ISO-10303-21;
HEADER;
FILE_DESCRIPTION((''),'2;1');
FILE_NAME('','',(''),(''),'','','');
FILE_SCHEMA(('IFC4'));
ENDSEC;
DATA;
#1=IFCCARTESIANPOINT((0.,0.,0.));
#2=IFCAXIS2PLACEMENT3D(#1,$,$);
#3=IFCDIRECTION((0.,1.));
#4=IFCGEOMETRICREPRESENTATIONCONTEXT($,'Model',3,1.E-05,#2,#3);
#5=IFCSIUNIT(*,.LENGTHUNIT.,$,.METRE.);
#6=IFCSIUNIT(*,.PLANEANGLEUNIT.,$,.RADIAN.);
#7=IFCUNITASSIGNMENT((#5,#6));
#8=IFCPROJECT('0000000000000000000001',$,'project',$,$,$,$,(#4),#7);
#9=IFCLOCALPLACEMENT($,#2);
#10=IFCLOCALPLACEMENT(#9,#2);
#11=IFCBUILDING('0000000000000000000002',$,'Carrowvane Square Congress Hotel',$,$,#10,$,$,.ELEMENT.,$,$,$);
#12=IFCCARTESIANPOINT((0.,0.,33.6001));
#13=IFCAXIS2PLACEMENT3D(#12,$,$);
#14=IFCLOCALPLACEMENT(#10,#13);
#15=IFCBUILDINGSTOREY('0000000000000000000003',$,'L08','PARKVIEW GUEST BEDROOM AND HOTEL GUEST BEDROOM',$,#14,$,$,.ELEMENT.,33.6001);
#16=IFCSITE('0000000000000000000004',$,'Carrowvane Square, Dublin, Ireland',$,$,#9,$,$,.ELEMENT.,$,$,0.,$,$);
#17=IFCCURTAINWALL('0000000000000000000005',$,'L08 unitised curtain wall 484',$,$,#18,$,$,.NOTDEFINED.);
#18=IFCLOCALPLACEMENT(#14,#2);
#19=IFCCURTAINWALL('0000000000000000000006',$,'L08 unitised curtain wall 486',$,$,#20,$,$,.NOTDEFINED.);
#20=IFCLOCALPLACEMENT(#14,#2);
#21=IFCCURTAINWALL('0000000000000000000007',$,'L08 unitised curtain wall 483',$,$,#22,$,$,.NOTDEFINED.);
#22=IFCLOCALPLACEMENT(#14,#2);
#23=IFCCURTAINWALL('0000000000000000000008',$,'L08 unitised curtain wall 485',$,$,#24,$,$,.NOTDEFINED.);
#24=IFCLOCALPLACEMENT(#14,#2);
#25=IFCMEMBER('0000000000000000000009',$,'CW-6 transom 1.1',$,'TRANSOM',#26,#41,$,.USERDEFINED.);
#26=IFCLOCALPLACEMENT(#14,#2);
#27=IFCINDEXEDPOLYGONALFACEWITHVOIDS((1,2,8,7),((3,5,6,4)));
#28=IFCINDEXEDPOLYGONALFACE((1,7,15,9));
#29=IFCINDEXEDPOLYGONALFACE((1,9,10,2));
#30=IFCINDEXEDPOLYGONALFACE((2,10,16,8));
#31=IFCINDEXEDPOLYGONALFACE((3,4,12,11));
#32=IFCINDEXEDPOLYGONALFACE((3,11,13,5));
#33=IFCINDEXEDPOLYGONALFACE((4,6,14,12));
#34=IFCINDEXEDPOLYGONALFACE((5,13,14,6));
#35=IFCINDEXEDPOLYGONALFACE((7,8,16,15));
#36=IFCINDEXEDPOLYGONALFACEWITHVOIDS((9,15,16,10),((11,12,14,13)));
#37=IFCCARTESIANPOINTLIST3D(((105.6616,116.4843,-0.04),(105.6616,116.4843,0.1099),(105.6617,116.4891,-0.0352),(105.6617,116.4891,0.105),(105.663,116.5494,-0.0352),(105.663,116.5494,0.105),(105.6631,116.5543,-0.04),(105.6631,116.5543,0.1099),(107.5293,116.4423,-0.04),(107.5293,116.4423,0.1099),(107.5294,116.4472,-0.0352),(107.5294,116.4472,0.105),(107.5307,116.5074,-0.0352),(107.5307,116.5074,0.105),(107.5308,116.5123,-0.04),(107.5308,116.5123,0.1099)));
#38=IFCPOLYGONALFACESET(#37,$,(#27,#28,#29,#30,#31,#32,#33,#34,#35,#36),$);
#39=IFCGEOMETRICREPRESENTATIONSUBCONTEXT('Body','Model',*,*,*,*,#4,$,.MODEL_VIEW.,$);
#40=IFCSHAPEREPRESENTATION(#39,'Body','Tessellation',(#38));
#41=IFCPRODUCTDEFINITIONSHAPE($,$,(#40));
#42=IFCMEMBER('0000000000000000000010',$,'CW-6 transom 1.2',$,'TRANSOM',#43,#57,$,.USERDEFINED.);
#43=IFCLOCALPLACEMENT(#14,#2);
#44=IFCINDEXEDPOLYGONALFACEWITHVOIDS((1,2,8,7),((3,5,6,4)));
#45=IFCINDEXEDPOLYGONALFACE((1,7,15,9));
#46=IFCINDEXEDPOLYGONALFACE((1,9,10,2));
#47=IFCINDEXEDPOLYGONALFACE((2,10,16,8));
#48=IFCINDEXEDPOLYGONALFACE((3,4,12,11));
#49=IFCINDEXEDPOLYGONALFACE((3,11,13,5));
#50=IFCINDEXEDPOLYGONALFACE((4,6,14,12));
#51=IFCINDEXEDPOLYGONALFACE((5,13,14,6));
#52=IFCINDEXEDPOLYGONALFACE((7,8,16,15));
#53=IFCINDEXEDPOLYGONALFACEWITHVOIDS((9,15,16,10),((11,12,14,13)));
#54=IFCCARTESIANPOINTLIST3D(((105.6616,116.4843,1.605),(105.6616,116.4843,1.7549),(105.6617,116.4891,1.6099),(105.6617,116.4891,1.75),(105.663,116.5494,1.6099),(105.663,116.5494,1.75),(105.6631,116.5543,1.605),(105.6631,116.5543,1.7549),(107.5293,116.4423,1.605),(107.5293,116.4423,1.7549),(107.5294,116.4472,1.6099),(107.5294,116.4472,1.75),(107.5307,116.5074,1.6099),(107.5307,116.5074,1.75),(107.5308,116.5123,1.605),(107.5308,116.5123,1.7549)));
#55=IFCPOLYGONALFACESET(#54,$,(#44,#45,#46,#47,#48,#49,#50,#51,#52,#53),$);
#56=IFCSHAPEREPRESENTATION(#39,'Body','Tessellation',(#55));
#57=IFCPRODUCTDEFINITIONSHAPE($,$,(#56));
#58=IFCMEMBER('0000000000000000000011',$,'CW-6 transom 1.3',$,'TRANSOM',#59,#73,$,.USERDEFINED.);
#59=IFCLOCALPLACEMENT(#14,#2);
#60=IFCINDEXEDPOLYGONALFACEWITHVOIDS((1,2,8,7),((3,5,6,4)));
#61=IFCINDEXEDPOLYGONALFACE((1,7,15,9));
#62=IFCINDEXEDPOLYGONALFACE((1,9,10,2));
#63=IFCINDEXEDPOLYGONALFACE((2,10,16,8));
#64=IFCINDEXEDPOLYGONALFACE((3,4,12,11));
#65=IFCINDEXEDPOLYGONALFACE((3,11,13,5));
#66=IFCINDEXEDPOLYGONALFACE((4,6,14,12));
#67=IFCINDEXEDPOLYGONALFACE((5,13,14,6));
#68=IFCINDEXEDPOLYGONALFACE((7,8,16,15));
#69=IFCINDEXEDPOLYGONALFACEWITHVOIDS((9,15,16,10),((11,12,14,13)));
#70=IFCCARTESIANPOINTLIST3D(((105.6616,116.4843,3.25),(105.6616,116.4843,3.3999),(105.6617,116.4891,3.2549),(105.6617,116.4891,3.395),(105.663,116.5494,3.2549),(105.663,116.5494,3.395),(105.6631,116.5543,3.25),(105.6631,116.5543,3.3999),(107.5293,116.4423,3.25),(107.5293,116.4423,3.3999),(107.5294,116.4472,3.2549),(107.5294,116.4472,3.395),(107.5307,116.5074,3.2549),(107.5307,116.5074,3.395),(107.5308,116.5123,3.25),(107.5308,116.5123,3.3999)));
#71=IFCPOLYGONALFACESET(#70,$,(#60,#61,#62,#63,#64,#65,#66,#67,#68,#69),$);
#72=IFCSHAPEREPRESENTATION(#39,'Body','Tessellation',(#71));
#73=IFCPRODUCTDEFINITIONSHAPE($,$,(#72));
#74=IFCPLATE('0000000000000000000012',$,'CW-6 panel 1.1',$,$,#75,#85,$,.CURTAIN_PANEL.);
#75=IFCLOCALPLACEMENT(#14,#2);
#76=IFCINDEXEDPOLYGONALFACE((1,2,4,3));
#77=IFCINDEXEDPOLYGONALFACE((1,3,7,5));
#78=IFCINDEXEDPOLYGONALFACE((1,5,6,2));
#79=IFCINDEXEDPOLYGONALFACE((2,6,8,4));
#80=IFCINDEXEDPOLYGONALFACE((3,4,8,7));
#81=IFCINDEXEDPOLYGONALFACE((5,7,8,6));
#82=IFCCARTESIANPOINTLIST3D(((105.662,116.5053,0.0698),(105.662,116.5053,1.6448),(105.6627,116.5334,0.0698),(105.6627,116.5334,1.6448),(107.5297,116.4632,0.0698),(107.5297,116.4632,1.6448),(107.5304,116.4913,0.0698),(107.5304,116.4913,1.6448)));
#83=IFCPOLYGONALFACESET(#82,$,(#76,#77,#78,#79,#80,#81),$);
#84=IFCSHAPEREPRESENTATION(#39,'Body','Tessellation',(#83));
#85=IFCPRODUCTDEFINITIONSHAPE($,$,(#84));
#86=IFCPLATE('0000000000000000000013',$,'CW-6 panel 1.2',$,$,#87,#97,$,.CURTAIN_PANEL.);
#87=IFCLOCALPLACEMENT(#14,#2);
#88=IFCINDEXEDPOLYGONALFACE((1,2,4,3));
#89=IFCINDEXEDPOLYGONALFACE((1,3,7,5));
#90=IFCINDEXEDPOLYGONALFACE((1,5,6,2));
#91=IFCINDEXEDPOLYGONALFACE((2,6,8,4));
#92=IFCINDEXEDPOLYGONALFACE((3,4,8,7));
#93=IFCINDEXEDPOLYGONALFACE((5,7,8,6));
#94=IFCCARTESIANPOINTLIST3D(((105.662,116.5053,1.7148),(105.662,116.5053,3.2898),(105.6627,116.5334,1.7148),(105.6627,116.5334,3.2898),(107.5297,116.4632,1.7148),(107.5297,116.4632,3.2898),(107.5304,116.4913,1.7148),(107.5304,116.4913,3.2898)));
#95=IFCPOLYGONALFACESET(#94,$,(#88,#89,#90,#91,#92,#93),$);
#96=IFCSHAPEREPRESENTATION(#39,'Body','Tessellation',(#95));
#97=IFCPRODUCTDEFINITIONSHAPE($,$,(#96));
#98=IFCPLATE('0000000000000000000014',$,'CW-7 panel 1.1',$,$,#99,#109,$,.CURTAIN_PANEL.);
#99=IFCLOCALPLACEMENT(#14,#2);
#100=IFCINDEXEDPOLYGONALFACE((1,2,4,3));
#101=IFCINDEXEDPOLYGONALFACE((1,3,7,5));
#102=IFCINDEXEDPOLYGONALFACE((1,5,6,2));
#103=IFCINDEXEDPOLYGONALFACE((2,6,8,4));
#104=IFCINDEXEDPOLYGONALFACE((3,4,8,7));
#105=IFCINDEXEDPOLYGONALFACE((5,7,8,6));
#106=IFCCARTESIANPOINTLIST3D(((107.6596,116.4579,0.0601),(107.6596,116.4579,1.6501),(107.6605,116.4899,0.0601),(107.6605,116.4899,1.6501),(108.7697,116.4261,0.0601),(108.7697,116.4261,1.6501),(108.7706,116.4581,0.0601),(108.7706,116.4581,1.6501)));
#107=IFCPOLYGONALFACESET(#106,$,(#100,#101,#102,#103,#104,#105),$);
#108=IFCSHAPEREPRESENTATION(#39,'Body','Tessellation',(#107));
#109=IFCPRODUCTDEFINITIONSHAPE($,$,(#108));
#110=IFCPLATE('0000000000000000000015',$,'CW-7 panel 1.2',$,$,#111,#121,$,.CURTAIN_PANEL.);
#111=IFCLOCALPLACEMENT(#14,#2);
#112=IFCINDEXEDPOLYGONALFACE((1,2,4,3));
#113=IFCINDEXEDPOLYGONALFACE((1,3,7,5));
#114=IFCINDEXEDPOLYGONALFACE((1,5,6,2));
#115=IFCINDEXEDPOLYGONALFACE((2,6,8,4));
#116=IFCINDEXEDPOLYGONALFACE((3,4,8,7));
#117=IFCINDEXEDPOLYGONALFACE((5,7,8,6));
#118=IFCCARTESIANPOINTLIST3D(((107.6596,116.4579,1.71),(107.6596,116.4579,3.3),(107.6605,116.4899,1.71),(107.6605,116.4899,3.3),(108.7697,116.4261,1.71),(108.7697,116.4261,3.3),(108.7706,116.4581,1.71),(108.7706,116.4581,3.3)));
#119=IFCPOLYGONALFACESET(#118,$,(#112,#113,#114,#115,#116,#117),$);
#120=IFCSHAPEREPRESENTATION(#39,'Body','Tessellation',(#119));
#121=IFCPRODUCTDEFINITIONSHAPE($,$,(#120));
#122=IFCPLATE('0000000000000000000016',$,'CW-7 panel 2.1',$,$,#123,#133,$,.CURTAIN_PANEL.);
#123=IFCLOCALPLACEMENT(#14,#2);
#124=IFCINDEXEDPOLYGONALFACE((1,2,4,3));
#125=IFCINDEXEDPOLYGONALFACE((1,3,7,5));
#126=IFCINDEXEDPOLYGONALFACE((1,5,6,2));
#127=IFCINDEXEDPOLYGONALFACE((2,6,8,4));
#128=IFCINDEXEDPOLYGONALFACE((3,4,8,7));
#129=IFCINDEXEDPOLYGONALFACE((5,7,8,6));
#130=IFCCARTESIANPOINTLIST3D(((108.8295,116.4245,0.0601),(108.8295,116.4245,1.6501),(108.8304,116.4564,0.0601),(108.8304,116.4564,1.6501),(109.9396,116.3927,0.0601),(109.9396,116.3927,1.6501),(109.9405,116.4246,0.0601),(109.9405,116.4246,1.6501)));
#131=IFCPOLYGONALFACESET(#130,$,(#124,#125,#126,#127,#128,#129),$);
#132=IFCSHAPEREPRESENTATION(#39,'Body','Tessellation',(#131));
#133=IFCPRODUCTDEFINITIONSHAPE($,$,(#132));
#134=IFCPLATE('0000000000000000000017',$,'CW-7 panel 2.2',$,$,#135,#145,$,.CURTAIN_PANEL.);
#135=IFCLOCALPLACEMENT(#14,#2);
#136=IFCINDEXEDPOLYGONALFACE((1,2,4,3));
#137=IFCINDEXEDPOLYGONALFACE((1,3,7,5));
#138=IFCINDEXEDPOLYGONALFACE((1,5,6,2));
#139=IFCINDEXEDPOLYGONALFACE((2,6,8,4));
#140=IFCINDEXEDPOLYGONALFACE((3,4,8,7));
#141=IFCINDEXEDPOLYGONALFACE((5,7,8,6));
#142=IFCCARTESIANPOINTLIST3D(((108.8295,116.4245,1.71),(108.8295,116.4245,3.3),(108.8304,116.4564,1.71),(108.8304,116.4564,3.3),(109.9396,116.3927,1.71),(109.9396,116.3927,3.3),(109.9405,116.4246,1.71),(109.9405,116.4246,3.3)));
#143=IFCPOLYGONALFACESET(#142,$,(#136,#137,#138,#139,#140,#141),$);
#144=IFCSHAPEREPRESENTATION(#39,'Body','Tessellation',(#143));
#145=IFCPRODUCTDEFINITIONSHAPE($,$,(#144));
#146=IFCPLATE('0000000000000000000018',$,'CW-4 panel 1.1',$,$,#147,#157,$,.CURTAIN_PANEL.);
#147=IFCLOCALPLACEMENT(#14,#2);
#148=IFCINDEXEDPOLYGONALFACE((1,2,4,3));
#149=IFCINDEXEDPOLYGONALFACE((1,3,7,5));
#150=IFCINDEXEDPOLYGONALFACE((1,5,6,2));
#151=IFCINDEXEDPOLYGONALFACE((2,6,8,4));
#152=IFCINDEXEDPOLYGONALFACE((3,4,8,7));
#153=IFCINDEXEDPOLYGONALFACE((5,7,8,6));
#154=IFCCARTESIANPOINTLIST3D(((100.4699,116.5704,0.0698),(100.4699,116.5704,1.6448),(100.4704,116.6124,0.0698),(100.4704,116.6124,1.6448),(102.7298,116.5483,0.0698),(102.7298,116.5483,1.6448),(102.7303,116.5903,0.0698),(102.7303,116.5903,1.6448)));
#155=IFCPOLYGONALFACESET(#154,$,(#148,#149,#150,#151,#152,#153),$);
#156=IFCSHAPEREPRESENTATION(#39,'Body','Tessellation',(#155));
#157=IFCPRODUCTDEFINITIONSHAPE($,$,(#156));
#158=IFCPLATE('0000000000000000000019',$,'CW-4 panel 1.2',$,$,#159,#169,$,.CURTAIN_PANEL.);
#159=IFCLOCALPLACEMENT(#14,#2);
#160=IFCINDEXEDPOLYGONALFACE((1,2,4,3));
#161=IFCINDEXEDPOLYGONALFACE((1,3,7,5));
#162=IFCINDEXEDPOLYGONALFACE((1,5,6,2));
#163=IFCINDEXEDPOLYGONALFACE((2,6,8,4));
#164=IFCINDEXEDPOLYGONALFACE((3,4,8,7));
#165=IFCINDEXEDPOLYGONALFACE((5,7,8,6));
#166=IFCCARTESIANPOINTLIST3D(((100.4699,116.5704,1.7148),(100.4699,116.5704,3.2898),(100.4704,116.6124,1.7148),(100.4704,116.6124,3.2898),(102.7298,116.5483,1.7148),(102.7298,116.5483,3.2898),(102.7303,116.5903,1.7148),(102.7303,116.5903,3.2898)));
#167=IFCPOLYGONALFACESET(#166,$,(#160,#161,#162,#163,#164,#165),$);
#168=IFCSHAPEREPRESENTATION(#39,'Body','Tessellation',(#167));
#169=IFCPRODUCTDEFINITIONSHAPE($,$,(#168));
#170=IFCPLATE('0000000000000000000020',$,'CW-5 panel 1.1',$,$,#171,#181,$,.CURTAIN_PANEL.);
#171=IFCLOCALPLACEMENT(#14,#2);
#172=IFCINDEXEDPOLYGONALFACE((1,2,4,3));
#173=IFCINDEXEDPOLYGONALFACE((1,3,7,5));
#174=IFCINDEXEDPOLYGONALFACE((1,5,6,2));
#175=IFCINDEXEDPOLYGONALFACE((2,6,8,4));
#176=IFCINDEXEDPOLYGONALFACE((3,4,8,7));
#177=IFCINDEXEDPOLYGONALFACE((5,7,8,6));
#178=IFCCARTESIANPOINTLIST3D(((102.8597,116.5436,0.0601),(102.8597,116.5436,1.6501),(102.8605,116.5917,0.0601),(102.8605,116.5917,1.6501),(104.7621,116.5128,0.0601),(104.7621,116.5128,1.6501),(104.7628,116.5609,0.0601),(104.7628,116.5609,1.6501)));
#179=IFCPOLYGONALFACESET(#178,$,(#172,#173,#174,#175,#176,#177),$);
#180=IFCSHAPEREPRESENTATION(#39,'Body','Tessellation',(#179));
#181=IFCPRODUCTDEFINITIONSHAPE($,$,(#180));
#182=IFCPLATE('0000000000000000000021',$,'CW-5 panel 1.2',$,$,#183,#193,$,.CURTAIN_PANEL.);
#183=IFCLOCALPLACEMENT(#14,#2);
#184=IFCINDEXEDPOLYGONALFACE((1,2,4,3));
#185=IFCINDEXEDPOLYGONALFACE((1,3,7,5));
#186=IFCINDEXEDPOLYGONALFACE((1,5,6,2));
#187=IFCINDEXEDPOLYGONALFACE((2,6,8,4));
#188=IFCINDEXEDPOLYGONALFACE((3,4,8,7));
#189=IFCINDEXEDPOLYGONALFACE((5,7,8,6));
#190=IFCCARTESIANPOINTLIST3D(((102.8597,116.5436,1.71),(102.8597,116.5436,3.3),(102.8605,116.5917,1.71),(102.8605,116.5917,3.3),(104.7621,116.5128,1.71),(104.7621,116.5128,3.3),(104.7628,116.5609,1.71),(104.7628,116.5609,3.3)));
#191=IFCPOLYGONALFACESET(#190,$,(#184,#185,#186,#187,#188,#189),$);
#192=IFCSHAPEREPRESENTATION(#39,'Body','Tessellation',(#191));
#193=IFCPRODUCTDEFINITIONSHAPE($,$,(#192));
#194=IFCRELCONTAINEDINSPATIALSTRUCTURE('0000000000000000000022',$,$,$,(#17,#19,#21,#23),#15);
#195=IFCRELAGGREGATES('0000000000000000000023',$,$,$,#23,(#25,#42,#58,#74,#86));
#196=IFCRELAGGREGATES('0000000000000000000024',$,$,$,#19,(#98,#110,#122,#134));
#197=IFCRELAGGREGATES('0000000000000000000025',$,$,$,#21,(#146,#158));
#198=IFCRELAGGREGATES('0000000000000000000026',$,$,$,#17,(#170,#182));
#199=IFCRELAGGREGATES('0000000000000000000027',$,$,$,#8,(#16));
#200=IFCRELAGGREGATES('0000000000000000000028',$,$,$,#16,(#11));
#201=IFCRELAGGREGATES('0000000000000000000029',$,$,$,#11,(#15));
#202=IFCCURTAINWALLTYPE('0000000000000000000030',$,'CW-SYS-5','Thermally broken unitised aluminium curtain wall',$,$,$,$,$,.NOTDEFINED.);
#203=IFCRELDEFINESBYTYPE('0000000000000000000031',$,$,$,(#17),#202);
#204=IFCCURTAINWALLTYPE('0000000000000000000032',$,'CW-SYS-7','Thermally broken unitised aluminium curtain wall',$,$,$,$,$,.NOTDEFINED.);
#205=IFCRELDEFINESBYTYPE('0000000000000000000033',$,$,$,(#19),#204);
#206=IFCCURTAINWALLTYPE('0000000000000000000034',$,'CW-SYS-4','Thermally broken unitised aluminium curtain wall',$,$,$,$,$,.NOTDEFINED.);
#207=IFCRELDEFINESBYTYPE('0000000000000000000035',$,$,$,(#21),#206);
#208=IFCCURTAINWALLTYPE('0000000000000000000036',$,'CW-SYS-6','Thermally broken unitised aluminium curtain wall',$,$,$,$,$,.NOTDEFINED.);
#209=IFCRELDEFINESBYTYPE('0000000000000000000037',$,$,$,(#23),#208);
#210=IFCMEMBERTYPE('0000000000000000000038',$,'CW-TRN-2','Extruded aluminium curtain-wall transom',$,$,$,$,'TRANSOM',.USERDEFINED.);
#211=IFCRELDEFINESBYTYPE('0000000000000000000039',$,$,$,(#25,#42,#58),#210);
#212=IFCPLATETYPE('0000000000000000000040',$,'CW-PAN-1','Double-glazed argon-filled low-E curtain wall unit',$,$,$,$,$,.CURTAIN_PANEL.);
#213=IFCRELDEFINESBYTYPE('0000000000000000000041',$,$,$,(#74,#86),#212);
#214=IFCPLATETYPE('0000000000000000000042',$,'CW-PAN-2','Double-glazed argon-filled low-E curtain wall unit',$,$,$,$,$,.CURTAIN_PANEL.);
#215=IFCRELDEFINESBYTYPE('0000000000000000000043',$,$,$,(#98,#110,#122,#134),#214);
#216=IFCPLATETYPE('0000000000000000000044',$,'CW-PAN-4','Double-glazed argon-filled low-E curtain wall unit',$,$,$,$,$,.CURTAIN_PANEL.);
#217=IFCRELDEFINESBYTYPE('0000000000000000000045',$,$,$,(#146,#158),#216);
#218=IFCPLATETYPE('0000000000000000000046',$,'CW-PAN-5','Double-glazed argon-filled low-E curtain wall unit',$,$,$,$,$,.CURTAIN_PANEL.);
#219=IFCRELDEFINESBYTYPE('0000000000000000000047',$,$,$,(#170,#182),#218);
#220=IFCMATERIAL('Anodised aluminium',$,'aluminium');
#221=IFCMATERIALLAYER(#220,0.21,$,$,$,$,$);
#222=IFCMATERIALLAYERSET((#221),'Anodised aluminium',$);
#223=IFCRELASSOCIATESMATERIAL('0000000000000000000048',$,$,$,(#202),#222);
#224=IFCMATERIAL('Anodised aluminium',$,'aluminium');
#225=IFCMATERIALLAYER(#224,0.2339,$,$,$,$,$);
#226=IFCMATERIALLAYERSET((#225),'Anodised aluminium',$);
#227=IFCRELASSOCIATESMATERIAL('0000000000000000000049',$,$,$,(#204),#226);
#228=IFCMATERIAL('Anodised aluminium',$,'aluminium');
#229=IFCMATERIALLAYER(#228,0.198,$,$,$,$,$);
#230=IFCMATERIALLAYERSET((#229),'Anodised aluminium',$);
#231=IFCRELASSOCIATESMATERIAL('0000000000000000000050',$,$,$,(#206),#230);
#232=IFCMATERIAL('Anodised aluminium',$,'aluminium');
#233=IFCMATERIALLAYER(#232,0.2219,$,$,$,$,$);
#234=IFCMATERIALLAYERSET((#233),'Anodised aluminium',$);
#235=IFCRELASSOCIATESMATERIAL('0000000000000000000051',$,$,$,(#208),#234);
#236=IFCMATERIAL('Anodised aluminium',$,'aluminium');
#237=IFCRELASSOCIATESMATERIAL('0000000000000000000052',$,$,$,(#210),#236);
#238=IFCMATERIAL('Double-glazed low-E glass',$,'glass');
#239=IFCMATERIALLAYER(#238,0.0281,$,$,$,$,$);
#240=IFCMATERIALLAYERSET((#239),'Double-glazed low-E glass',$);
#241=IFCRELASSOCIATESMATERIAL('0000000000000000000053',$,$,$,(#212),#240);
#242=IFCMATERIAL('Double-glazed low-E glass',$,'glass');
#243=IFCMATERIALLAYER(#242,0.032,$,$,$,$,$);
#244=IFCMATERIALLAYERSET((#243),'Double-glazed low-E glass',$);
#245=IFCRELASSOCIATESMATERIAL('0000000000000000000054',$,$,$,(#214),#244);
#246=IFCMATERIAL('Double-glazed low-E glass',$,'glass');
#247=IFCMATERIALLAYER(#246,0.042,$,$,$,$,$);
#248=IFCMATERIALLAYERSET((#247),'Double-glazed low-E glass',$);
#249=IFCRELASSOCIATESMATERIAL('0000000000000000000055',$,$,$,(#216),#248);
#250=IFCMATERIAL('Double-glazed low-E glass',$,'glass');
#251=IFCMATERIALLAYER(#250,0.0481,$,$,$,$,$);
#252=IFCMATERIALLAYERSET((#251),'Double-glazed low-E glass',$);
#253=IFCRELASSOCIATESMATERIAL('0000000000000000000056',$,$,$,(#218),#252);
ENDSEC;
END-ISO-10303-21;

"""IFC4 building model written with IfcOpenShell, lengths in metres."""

from ifc_helpers import new_model, si_unit, direction, frame, origin, origin_2d, place, context, subcontext, project, spatial, rectangle, hollow_rectangle, extrude, material, layer, layer_set, material_profile, profile_set, type_object, element, aggregate, save


model = new_model("IFC4")

# Units and contexts
model_context = context("Model", 3, precision=1e-05, world=origin(), true_north=direction((0.0, 1.0)))
body_context = subcontext(model_context, "Body", "Model", "MODEL_VIEW")
ifc_project = project(units=[si_unit("LENGTHUNIT", "METRE"), si_unit("PLANEANGLEUNIT", "RADIAN")], contexts=[model_context])

# Site, building, storey
site_placement = place(None, origin())
site = spatial("IfcSite", under=ifc_project, at=site_placement, Name="Carrowvane Square, Dublin, Ireland", CompositionType="ELEMENT", RefElevation=0.0)
building_placement = place(site_placement, origin())
building = spatial("IfcBuilding", under=site, at=building_placement, Name="Carrowvane Square Congress Hotel", CompositionType="ELEMENT")
storey_placement = place(building_placement, frame((0.0, 0.0, 33.6001)))
storey = spatial("IfcBuildingStorey", under=building, at=storey_placement, Name="L08", Description="PARKVIEW GUEST BEDROOM AND HOTEL GUEST BEDROOM", CompositionType="ELEMENT", Elevation=33.6001)

# Curtain walls
ifc_material_1 = material(Name="Anodised aluminium", Category="aluminium")
ifc_layer_1 = layer(ifc_material_1, 0.21)
ifc_layer_set_1 = layer_set([ifc_layer_1], Name="Anodised aluminium")
curtain_wall_type_1 = type_object("IfcCurtainWallType", Name="CW-SYS-5", Description="Thermally broken unitised aluminium curtain wall", PredefinedType="NOTDEFINED", material=ifc_layer_set_1)
curtain_wall_1_placement = place(storey_placement, origin())
curtain_wall_1 = element("IfcCurtainWall", 1, at=curtain_wall_1_placement, inside=storey, type_object=curtain_wall_type_1, Name="L08 unitised curtain wall 484", PredefinedType="NOTDEFINED")
ifc_material_2 = material(Name="Anodised aluminium", Category="aluminium")
ifc_layer_2 = layer(ifc_material_2, 0.2339)
ifc_layer_set_2 = layer_set([ifc_layer_2], Name="Anodised aluminium")
curtain_wall_type_2 = type_object("IfcCurtainWallType", Name="CW-SYS-7", Description="Thermally broken unitised aluminium curtain wall", PredefinedType="NOTDEFINED", material=ifc_layer_set_2)
curtain_wall_2_placement = place(storey_placement, origin())
curtain_wall_2 = element("IfcCurtainWall", 2, at=curtain_wall_2_placement, inside=storey, type_object=curtain_wall_type_2, Name="L08 unitised curtain wall 486", PredefinedType="NOTDEFINED")

# Curtain wall
ifc_material_3 = material(Name="Anodised aluminium", Category="aluminium")
ifc_layer_3 = layer(ifc_material_3, 0.198)
ifc_layer_set_3 = layer_set([ifc_layer_3], Name="Anodised aluminium")
curtain_wall_type_3 = type_object("IfcCurtainWallType", Name="CW-SYS-4", Description="Thermally broken unitised aluminium curtain wall", PredefinedType="NOTDEFINED", material=ifc_layer_set_3)
curtain_wall_3_placement = place(storey_placement, origin())
curtain_wall_3 = element("IfcCurtainWall", 3, at=curtain_wall_3_placement, inside=storey, type_object=curtain_wall_type_3, Name="L08 unitised curtain wall 483", PredefinedType="NOTDEFINED")

# Curtain wall
ifc_material_4 = material(Name="Anodised aluminium", Category="aluminium")
ifc_layer_4 = layer(ifc_material_4, 0.2219)
ifc_layer_set_4 = layer_set([ifc_layer_4], Name="Anodised aluminium")
curtain_wall_type_4 = type_object("IfcCurtainWallType", Name="CW-SYS-6", Description="Thermally broken unitised aluminium curtain wall", PredefinedType="NOTDEFINED", material=ifc_layer_set_4)
curtain_wall_4_placement = place(storey_placement, origin())
curtain_wall_4 = element("IfcCurtainWall", 4, at=curtain_wall_4_placement, inside=storey, type_object=curtain_wall_type_4, Name="L08 unitised curtain wall 485", PredefinedType="NOTDEFINED")

# Members
ifc_material_5 = material(Name="Anodised aluminium", Category="aluminium")
ifc_material_profile_1 = material_profile(ifc_material_5, hollow_rectangle(XDim=0.0701, YDim=0.1499, WallThickness=0.0049, at=origin_2d()), Name="CW-TR 70x150x5")
ifc_profile_set_1 = profile_set([ifc_material_profile_1], Name="Anodised aluminium")
member_type_1 = type_object("IfcMemberType", Name="CW-TRN-2", Description="Extruded aluminium curtain-wall transom", ElementType="TRANSOM", PredefinedType="USERDEFINED", material=ifc_profile_set_1)
member_1_placement = place(storey_placement, frame((105.6624, 116.5193, 0.0349), z_axis=(0.999747, -0.022478, 0.0), x_axis=(0.022478, 0.999747, 0.0)))
member_1 = element("IfcMember", 5, at=member_1_placement, type_object=member_type_1, Name="CW-6 transom 1.1", ObjectType="TRANSOM", PredefinedType="USERDEFINED", context=body_context, shape_type="SweptSolid", body=[
    extrude(hollow_rectangle(XDim=0.0701, YDim=0.1499, WallThickness=0.0049, at=origin_2d()), origin(), (0.0, 0.0, 1.0), 1.8682),
])
member_2_placement = place(storey_placement, frame((105.6624, 116.5193, 1.6799), z_axis=(0.999747, -0.022478, 0.0), x_axis=(0.022478, 0.999747, 0.0)))
member_2 = element("IfcMember", 6, at=member_2_placement, type_object=member_type_1, Name="CW-6 transom 1.2", ObjectType="TRANSOM", PredefinedType="USERDEFINED", context=body_context, shape_type="SweptSolid", body=[
    extrude(hollow_rectangle(XDim=0.0701, YDim=0.1499, WallThickness=0.0049, at=origin_2d()), origin(), (0.0, 0.0, 1.0), 1.8682),
])
member_3_placement = place(storey_placement, frame((105.6624, 116.5193, 3.325), z_axis=(0.999747, -0.022478, 0.0), x_axis=(0.022478, 0.999747, 0.0)))
member_3 = element("IfcMember", 7, at=member_3_placement, type_object=member_type_1, Name="CW-6 transom 1.3", ObjectType="TRANSOM", PredefinedType="USERDEFINED", context=body_context, shape_type="SweptSolid", body=[
    extrude(hollow_rectangle(XDim=0.0701, YDim=0.1499, WallThickness=0.0049, at=origin_2d()), origin(), (0.0, 0.0, 1.0), 1.8682),
])

# Plates
ifc_material_6 = material(Name="Double-glazed low-E glass", Category="glass")
ifc_layer_5 = layer(ifc_material_6, 0.0281)
ifc_layer_set_5 = layer_set([ifc_layer_5], Name="Double-glazed low-E glass")
plate_type_1 = type_object("IfcPlateType", Name="CW-PAN-1", Description="Double-glazed argon-filled low-E curtain wall unit", PredefinedType="CURTAIN_PANEL", material=ifc_layer_set_5)
plate_1_placement = place(storey_placement, frame((106.5962, 116.4983, 0.0698), z_axis=(0.0, 0.0, 1.0), x_axis=(0.999746, -0.022518, 0.0)))
plate_1 = element("IfcPlate", 8, at=plate_1_placement, type_object=plate_type_1, Name="CW-6 panel 1.1", PredefinedType="CURTAIN_PANEL", context=body_context, shape_type="SweptSolid", body=[
    extrude(rectangle(XDim=1.8682, YDim=0.0281, at=origin_2d()), origin(), (0.0, 0.0, 1.0), 1.575),
])
plate_2_placement = place(storey_placement, frame((106.5962, 116.4983, 1.7148), z_axis=(0.0, 0.0, 1.0), x_axis=(0.999746, -0.022518, 0.0)))
plate_2 = element("IfcPlate", 9, at=plate_2_placement, type_object=plate_type_1, Name="CW-6 panel 1.2", PredefinedType="CURTAIN_PANEL", context=body_context, shape_type="SweptSolid", body=[
    extrude(rectangle(XDim=1.8682, YDim=0.0281, at=origin_2d()), origin(), (0.0, 0.0, 1.0), 1.575),
])
aggregate(curtain_wall_4, [member_1, member_2, member_3, plate_1, plate_2])
ifc_material_7 = material(Name="Double-glazed low-E glass", Category="glass")
ifc_layer_6 = layer(ifc_material_7, 0.032)
ifc_layer_set_6 = layer_set([ifc_layer_6], Name="Double-glazed low-E glass")
plate_type_2 = type_object("IfcPlateType", Name="CW-PAN-2", Description="Double-glazed argon-filled low-E curtain wall unit", PredefinedType="CURTAIN_PANEL", material=ifc_layer_set_6)
plate_3_placement = place(storey_placement, frame((108.2151, 116.458, 0.0601), z_axis=(0.0, 0.0, 1.0), x_axis=(0.99959, -0.028638, 0.0)))
plate_3 = element("IfcPlate", 10, at=plate_3_placement, type_object=plate_type_2, Name="CW-7 panel 1.1", PredefinedType="CURTAIN_PANEL", context=body_context, shape_type="SweptSolid", body=[
    extrude(rectangle(XDim=1.1106, YDim=0.032, at=origin_2d()), origin(), (0.0, 0.0, 1.0), 1.5901),
])
plate_4_placement = place(storey_placement, frame((108.2151, 116.458, 1.71), z_axis=(0.0, 0.0, 1.0), x_axis=(0.99959, -0.028638, 0.0)))
plate_4 = element("IfcPlate", 11, at=plate_4_placement, type_object=plate_type_2, Name="CW-7 panel 1.2", PredefinedType="CURTAIN_PANEL", context=body_context, shape_type="SweptSolid", body=[
    extrude(rectangle(XDim=1.1106, YDim=0.032, at=origin_2d()), origin(), (0.0, 0.0, 1.0), 1.5901),
])
plate_5_placement = place(storey_placement, frame((109.385, 116.4246, 0.0601), z_axis=(0.0, 0.0, 1.0), x_axis=(0.99959, -0.028638, 0.0)))
plate_5 = element("IfcPlate", 12, at=plate_5_placement, type_object=plate_type_2, Name="CW-7 panel 2.1", PredefinedType="CURTAIN_PANEL", context=body_context, shape_type="SweptSolid", body=[
    extrude(rectangle(XDim=1.1106, YDim=0.032, at=origin_2d()), origin(), (0.0, 0.0, 1.0), 1.5901),
])
plate_6_placement = place(storey_placement, frame((109.385, 116.4246, 1.71), z_axis=(0.0, 0.0, 1.0), x_axis=(0.99959, -0.028638, 0.0)))
plate_6 = element("IfcPlate", 13, at=plate_6_placement, type_object=plate_type_2, Name="CW-7 panel 2.2", PredefinedType="CURTAIN_PANEL", context=body_context, shape_type="SweptSolid", body=[
    extrude(rectangle(XDim=1.1106, YDim=0.032, at=origin_2d()), origin(), (0.0, 0.0, 1.0), 1.5901),
])
aggregate(curtain_wall_2, [plate_3, plate_4, plate_5, plate_6])
ifc_material_8 = material(Name="Double-glazed low-E glass", Category="glass")
ifc_layer_7 = layer(ifc_material_8, 0.042)
ifc_layer_set_7 = layer_set([ifc_layer_7], Name="Double-glazed low-E glass")
plate_type_3 = type_object("IfcPlateType", Name="CW-PAN-4", Description="Double-glazed argon-filled low-E curtain wall unit", PredefinedType="CURTAIN_PANEL", material=ifc_layer_set_7)
plate_7_placement = place(storey_placement, frame((101.6001, 116.5803, 0.0698), z_axis=(0.0, 0.0, 1.0), x_axis=(0.999952, -0.009783, 0.0)))
plate_7 = element("IfcPlate", 14, at=plate_7_placement, type_object=plate_type_3, Name="CW-4 panel 1.1", PredefinedType="CURTAIN_PANEL", context=body_context, shape_type="SweptSolid", body=[
    extrude(rectangle(XDim=2.26, YDim=0.042, at=origin_2d()), origin(), (0.0, 0.0, 1.0), 1.575),
])
plate_8_placement = place(storey_placement, frame((101.6001, 116.5803, 1.7148), z_axis=(0.0, 0.0, 1.0), x_axis=(0.999952, -0.009783, 0.0)))
plate_8 = element("IfcPlate", 15, at=plate_8_placement, type_object=plate_type_3, Name="CW-4 panel 1.2", PredefinedType="CURTAIN_PANEL", context=body_context, shape_type="SweptSolid", body=[
    extrude(rectangle(XDim=2.26, YDim=0.042, at=origin_2d()), origin(), (0.0, 0.0, 1.0), 1.575),
])
aggregate(curtain_wall_3, [plate_7, plate_8])
ifc_material_9 = material(Name="Double-glazed low-E glass", Category="glass")
ifc_layer_8 = layer(ifc_material_9, 0.0481)
ifc_layer_set_8 = layer_set([ifc_layer_8], Name="Double-glazed low-E glass")
plate_type_4 = type_object("IfcPlateType", Name="CW-PAN-5", Description="Double-glazed argon-filled low-E curtain wall unit", PredefinedType="CURTAIN_PANEL", material=ifc_layer_set_8)
plate_9_placement = place(storey_placement, frame((103.8113, 116.5522, 0.0601), z_axis=(0.0, 0.0, 1.0), x_axis=(0.999869, -0.016216, 0.0)))
plate_9 = element("IfcPlate", 16, at=plate_9_placement, type_object=plate_type_4, Name="CW-5 panel 1.1", PredefinedType="CURTAIN_PANEL", context=body_context, shape_type="SweptSolid", body=[
    extrude(rectangle(XDim=1.9026, YDim=0.0481, at=origin_2d()), origin(), (0.0, 0.0, 1.0), 1.5901),
])
plate_10_placement = place(storey_placement, frame((103.8113, 116.5522, 1.71), z_axis=(0.0, 0.0, 1.0), x_axis=(0.999869, -0.016216, 0.0)))
plate_10 = element("IfcPlate", 17, at=plate_10_placement, type_object=plate_type_4, Name="CW-5 panel 1.2", PredefinedType="CURTAIN_PANEL", context=body_context, shape_type="SweptSolid", body=[
    extrude(rectangle(XDim=1.9026, YDim=0.0481, at=origin_2d()), origin(), (0.0, 0.0, 1.0), 1.5901),
])
aggregate(curtain_wall_1, [plate_9, plate_10])

save(model, "model.ifc")
